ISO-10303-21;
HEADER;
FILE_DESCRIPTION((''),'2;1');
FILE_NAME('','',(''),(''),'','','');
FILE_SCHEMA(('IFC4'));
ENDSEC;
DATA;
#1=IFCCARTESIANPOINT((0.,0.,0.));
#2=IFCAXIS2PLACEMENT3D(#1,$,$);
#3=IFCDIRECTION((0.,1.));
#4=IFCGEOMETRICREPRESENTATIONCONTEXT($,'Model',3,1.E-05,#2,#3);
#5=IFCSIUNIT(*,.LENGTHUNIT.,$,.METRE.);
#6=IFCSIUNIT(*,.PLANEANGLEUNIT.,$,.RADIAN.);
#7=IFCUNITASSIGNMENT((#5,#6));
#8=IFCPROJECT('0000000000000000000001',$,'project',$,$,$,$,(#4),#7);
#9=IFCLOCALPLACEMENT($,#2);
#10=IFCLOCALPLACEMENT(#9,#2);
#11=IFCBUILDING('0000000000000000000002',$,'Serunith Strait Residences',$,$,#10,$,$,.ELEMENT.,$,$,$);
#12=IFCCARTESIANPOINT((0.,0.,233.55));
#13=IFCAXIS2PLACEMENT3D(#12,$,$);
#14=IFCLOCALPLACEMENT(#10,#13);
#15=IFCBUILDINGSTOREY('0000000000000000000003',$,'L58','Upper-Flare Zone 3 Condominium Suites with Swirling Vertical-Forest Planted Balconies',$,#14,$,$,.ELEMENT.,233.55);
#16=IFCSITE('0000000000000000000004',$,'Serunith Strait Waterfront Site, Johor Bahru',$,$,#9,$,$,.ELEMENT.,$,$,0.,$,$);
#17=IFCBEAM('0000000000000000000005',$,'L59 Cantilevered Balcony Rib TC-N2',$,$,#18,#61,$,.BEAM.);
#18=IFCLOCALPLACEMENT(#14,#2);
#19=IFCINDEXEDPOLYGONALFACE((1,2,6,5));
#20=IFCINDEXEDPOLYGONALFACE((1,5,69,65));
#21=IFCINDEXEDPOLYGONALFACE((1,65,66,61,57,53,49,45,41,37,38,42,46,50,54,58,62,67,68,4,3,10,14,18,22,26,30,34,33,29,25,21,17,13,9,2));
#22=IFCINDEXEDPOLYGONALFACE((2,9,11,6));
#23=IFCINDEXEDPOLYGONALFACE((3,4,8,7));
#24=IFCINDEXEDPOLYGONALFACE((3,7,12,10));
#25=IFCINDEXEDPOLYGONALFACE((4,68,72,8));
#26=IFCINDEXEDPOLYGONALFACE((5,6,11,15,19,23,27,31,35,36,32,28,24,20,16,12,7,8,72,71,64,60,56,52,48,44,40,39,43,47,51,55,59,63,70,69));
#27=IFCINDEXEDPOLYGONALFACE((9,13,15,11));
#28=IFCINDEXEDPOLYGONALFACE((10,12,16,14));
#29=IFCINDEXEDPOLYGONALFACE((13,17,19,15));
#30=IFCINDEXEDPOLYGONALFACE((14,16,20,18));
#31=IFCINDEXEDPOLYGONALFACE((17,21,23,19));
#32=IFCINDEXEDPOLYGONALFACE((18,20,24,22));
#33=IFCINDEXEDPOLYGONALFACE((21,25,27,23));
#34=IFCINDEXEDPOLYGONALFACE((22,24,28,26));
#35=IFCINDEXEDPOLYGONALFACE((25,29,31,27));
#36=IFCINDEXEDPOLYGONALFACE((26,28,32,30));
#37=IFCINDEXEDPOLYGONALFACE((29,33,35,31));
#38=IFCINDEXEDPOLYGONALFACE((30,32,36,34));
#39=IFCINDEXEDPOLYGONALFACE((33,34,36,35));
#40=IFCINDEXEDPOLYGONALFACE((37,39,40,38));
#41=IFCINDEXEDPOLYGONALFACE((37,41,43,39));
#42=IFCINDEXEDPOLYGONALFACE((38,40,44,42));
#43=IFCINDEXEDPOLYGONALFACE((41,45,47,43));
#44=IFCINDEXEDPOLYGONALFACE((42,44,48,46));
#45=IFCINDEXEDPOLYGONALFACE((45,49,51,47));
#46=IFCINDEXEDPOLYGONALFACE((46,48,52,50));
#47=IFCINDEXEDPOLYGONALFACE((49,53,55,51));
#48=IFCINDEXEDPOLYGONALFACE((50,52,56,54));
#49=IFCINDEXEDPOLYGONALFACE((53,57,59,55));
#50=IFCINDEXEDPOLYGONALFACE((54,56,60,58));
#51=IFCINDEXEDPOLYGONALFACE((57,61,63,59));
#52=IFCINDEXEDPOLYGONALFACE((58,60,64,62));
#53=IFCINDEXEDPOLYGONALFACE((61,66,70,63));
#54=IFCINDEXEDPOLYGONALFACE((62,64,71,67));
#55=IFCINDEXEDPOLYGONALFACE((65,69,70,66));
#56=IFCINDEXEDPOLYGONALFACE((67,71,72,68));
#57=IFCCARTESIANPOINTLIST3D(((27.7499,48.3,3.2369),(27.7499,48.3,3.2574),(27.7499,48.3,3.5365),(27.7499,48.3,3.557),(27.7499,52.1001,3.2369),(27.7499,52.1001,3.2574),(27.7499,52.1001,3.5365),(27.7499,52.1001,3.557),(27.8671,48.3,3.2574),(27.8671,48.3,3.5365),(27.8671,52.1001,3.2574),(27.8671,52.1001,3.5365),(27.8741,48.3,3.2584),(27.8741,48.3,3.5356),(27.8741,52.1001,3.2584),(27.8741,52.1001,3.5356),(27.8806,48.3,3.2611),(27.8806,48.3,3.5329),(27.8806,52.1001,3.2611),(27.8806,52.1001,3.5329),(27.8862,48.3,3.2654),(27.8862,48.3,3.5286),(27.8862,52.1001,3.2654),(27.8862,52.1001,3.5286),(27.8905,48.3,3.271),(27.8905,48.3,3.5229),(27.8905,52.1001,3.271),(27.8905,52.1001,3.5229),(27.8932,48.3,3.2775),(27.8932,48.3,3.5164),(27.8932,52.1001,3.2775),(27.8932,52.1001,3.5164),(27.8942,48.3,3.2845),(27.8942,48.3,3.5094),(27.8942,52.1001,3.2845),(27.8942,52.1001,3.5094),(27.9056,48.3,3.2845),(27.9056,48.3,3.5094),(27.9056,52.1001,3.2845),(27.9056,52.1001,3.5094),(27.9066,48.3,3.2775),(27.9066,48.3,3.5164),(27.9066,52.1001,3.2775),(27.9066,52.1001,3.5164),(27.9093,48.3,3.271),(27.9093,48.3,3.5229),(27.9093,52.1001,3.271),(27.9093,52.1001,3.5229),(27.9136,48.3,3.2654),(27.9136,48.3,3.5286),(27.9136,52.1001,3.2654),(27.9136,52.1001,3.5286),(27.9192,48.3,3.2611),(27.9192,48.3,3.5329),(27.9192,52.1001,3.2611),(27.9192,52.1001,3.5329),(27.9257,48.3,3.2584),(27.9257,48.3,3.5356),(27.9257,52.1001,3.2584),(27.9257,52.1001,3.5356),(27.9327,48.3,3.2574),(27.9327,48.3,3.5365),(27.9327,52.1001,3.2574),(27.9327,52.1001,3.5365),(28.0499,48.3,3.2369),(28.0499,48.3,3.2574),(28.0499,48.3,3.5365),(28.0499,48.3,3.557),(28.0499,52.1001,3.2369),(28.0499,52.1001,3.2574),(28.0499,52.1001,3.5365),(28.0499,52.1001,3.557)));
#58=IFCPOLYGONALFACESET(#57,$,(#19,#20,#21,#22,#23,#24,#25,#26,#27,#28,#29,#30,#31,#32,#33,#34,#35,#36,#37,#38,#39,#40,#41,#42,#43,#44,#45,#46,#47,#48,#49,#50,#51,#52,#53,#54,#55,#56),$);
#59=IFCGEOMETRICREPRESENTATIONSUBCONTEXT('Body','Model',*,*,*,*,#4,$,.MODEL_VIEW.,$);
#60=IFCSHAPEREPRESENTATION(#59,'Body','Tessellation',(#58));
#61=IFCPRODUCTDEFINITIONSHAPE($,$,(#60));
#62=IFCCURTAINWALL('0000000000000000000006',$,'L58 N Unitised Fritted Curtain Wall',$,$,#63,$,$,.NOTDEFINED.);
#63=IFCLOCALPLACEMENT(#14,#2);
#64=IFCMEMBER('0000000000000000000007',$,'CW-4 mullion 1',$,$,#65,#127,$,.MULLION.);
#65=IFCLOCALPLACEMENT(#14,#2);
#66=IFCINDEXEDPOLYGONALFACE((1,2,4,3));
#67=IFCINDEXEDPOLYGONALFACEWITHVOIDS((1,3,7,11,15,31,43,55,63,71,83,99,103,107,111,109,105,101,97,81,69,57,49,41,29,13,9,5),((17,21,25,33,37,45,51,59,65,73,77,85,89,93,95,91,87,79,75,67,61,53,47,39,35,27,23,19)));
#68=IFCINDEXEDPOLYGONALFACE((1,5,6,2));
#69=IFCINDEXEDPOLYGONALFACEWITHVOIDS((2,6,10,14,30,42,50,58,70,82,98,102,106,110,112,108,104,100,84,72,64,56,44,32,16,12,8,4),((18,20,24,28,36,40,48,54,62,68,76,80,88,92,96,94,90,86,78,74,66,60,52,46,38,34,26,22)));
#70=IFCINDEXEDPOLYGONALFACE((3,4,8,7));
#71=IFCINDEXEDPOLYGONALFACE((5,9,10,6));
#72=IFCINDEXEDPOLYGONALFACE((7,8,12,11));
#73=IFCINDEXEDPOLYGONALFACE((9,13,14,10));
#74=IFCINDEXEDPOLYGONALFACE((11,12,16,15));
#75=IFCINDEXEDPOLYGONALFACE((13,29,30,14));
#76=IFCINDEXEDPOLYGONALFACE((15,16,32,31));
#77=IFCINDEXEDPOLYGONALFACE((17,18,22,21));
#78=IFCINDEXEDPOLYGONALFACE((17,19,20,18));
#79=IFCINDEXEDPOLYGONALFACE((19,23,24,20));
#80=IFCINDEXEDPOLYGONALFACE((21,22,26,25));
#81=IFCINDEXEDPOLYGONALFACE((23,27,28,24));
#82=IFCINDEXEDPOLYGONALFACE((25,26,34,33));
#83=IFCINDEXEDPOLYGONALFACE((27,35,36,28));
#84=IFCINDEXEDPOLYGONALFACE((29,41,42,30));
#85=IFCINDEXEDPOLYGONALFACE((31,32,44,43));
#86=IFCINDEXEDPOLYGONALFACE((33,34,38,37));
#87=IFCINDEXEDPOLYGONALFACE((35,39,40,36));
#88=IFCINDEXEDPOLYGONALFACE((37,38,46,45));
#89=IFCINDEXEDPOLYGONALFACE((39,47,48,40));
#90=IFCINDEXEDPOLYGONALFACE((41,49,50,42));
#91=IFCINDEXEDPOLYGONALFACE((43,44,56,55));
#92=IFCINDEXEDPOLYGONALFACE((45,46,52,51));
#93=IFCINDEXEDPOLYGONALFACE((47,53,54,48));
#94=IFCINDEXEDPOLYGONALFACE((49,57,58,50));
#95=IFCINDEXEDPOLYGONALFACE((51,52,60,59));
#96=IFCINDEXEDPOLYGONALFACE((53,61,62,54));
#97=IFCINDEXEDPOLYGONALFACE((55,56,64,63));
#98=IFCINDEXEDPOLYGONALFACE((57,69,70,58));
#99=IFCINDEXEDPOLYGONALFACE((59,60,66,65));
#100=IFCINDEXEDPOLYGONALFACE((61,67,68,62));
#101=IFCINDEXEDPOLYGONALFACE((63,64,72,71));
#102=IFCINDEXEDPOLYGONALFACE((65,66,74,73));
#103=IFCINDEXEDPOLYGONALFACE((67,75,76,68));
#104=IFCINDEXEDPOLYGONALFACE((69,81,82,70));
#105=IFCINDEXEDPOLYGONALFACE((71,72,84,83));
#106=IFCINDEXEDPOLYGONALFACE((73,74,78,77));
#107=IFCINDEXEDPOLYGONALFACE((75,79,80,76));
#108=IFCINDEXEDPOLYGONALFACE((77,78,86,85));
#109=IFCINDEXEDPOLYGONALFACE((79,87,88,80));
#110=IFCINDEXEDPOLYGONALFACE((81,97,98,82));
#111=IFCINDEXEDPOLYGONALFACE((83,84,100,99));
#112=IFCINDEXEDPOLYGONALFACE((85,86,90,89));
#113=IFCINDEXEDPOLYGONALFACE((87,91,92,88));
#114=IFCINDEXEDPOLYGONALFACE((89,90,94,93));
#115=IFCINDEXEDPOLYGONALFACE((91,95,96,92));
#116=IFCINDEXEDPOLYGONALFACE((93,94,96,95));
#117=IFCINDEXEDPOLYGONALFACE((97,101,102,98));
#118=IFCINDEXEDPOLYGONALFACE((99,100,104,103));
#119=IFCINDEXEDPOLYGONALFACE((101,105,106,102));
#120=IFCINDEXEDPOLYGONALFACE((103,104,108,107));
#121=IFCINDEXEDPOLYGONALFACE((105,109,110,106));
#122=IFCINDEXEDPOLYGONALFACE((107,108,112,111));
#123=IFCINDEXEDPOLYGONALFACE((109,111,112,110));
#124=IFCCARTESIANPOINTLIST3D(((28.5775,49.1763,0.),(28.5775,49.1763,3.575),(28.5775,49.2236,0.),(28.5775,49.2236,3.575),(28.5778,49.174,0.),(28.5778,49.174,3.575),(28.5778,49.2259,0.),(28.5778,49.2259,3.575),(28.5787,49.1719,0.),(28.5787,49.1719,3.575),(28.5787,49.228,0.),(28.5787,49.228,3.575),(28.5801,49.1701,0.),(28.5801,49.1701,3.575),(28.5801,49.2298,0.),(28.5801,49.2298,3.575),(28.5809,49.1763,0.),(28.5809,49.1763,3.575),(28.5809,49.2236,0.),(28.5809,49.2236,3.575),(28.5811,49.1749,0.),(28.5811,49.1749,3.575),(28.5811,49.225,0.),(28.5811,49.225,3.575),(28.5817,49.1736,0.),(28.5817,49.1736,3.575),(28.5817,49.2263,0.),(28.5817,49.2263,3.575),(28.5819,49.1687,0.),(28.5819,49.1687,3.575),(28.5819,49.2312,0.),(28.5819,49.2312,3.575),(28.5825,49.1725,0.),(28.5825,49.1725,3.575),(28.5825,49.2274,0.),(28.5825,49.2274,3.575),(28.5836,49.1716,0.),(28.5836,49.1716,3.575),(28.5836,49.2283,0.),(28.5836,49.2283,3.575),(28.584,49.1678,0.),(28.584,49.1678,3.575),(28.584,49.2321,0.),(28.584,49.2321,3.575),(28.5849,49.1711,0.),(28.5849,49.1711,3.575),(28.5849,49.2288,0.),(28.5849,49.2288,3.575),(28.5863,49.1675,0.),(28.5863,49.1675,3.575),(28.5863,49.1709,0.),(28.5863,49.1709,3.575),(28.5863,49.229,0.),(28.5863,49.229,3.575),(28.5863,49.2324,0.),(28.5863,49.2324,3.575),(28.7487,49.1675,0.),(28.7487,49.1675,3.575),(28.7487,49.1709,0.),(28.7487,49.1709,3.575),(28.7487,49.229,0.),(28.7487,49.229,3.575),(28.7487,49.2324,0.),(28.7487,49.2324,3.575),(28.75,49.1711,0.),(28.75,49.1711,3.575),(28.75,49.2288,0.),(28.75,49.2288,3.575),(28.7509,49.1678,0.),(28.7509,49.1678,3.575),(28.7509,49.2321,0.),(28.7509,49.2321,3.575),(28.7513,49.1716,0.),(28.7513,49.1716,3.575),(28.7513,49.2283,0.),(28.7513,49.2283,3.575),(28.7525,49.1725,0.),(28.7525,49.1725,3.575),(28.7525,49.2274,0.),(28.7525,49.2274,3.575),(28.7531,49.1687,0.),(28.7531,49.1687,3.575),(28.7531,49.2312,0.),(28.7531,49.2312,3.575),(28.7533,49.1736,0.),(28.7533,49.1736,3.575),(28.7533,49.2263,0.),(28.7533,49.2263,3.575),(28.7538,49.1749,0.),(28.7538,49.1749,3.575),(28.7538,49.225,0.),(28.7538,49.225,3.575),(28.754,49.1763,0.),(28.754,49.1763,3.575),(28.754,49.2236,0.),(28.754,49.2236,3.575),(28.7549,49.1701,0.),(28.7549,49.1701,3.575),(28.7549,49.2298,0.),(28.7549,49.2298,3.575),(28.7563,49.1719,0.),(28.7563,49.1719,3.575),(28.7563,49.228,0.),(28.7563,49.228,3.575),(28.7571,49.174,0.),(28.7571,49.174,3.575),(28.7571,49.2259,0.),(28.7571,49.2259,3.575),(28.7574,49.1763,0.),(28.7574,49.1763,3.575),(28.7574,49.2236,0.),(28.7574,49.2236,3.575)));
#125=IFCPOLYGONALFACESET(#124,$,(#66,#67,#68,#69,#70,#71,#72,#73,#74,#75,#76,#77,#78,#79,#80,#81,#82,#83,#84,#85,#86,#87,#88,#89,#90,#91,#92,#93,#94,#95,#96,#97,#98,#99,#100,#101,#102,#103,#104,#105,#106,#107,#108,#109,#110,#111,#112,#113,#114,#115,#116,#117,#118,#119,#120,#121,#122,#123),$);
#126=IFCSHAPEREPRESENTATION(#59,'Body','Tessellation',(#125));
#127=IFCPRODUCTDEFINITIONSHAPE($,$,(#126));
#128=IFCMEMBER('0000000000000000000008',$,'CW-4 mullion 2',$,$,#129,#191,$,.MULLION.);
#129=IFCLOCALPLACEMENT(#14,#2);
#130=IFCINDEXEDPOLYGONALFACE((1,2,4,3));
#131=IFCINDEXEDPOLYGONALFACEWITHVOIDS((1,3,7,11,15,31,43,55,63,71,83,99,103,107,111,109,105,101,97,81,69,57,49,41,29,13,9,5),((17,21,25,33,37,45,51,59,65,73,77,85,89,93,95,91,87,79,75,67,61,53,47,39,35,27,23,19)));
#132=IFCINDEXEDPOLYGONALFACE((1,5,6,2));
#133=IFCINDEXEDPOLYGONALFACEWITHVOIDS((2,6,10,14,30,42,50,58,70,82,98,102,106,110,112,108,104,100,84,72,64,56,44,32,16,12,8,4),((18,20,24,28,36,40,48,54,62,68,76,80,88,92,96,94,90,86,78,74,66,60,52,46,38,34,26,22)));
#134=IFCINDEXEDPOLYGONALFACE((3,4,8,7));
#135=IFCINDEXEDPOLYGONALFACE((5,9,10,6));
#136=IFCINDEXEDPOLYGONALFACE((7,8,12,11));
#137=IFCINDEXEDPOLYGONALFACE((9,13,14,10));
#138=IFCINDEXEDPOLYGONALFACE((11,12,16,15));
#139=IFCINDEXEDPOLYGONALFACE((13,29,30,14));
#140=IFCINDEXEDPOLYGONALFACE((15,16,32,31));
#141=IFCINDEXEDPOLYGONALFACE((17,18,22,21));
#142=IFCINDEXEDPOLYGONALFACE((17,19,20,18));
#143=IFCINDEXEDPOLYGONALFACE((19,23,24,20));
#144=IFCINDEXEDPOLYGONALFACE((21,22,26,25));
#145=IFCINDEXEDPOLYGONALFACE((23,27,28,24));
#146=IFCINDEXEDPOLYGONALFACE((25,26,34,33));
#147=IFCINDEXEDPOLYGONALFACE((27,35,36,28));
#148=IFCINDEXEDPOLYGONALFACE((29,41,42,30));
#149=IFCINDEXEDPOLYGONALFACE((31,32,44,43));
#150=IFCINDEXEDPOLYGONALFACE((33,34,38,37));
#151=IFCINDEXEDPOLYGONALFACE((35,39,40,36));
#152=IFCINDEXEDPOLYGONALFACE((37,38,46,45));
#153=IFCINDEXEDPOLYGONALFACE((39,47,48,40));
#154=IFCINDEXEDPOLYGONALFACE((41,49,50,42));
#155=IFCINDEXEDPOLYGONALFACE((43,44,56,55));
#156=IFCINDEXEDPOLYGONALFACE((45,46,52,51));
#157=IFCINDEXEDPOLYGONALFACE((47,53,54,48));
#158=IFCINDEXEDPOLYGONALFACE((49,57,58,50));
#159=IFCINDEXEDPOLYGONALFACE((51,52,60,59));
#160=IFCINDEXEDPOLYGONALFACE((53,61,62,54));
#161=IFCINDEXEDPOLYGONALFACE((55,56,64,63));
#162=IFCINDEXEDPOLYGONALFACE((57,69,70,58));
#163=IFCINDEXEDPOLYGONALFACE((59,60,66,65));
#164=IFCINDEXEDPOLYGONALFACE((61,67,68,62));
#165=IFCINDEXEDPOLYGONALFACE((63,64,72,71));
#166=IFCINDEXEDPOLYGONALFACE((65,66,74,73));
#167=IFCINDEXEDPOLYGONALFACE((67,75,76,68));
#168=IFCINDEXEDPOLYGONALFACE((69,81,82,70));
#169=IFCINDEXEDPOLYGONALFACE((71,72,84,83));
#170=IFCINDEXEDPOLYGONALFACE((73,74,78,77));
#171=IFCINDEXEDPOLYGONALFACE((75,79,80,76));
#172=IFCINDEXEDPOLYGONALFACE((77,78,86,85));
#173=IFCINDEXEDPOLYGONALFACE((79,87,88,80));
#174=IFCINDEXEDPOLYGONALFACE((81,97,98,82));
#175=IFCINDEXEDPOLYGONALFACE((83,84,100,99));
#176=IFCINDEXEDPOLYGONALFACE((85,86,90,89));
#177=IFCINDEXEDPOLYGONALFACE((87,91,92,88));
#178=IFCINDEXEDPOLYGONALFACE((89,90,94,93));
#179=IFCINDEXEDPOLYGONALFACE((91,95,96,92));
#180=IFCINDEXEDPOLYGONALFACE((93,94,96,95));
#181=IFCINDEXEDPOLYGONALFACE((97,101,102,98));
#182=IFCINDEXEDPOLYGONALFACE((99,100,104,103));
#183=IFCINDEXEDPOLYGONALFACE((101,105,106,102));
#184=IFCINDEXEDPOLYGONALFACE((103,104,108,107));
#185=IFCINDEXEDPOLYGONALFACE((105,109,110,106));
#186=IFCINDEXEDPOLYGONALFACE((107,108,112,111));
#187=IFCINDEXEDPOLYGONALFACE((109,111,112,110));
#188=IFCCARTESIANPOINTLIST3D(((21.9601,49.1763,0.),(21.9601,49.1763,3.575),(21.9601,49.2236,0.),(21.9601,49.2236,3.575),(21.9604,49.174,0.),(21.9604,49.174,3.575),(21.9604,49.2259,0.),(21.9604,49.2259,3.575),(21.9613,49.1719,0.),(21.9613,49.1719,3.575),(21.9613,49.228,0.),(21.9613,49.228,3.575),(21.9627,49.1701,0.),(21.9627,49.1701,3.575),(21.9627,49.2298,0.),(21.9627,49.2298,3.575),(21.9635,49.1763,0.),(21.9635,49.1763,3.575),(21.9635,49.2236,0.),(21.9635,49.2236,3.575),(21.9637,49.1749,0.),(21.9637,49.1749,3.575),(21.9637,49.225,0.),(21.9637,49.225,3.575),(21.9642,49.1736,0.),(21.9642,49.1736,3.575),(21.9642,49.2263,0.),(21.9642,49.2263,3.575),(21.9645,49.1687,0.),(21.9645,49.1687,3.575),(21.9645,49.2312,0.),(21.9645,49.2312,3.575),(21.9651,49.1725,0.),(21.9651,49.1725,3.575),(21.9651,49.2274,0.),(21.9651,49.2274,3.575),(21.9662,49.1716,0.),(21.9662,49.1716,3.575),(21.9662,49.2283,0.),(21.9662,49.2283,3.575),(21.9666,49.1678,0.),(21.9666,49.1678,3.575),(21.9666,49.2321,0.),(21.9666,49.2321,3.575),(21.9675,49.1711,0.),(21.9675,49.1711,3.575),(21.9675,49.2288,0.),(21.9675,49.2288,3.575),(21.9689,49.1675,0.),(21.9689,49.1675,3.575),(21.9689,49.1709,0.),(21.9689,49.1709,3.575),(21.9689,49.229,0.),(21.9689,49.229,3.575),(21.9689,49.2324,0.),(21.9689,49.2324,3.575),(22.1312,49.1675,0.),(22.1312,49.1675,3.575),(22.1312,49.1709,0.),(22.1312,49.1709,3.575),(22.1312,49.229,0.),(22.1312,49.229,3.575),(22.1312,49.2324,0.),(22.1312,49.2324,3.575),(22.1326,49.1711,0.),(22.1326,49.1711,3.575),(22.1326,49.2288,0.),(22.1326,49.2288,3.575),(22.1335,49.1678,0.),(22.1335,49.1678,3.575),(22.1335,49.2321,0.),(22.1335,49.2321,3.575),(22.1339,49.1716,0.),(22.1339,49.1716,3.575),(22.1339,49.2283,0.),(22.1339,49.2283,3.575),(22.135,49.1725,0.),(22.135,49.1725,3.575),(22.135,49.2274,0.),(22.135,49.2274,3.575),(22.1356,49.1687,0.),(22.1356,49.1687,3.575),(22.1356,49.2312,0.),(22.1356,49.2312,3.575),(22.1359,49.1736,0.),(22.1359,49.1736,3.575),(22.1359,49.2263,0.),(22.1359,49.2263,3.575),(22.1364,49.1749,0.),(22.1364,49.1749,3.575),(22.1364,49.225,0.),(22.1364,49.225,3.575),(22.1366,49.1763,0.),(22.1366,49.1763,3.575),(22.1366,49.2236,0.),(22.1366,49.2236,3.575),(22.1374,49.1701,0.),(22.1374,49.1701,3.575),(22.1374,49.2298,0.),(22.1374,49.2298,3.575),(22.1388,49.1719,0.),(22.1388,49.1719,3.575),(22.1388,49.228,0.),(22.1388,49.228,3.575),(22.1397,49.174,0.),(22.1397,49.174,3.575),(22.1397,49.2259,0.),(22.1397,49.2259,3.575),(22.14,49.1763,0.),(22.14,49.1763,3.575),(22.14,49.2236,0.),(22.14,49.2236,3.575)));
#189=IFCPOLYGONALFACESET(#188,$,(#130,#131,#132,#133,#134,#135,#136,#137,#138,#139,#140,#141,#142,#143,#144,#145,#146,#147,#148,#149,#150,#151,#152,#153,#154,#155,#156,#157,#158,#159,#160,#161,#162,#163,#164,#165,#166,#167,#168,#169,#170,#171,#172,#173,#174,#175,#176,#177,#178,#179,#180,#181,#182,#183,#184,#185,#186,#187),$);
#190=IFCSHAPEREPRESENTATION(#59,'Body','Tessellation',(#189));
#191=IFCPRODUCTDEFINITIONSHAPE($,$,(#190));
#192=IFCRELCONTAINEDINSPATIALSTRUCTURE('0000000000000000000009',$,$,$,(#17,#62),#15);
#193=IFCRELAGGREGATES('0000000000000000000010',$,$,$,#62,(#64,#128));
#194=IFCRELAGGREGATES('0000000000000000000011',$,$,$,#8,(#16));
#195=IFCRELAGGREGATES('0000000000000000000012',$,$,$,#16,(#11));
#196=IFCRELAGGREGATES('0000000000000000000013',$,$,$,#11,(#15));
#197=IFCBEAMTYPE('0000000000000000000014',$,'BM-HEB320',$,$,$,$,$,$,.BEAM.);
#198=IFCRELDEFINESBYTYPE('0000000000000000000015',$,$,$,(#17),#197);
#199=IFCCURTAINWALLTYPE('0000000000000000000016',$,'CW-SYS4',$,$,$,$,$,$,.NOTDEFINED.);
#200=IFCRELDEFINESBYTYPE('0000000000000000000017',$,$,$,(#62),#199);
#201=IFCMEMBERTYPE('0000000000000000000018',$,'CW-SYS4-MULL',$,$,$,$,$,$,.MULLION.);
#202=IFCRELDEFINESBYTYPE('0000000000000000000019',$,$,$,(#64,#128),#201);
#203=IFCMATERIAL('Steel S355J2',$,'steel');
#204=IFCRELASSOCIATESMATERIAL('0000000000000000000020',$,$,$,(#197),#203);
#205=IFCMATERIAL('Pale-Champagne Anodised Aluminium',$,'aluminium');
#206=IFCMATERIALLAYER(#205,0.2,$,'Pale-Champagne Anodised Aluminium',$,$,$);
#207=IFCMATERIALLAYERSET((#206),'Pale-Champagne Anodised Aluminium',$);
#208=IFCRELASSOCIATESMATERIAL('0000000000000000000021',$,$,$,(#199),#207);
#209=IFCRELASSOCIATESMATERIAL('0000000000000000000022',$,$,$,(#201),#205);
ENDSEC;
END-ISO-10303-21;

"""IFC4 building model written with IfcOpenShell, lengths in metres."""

from ifc_helpers import new_model, si_unit, direction, frame, origin, origin_2d, place, context, subcontext, project, spatial, hollow_rectangle, i_section, extrude, source, transform, mapped, material, layer, layer_set, material_profile, profile_set, type_object, element, aggregate, save


model = new_model("IFC4")

# Units and contexts
model_context = context("Model", 3, precision=1e-05, world=origin(), true_north=direction((0.0, 1.0)))
body_context = subcontext(model_context, "Body", "Model", "MODEL_VIEW")
ifc_project = project(units=[si_unit("LENGTHUNIT", "METRE"), si_unit("PLANEANGLEUNIT", "RADIAN")], contexts=[model_context])

# Site, building, storey
site_placement = place(None, origin())
site = spatial("IfcSite", under=ifc_project, at=site_placement, Name="Serunith Strait Waterfront Site, Johor Bahru", CompositionType="ELEMENT", RefElevation=0.0)
building_placement = place(site_placement, origin())
building = spatial("IfcBuilding", under=site, at=building_placement, Name="Serunith Strait Residences", CompositionType="ELEMENT")
storey_placement = place(building_placement, frame((0.0, 0.0, 233.55)))
storey = spatial("IfcBuildingStorey", under=building, at=storey_placement, Name="L58", Description="Upper-Flare Zone 3 Condominium Suites with Swirling Vertical-Forest Planted Balconies", CompositionType="ELEMENT", Elevation=233.55)

# Beam
ifc_material_1 = material(Name="Steel S355J2", Category="steel")
ifc_material_profile_1 = material_profile(ifc_material_1, i_section(OverallWidth=0.3, OverallDepth=0.3201, WebThickness=0.0115, FlangeThickness=0.0205, FilletRadius=0.0271, at=origin_2d()), Name="HEB 320")
ifc_profile_set_1 = profile_set([ifc_material_profile_1], Name="Steel S355J2")
beam_type_1 = type_object("IfcBeamType", Name="BM-HEB320", PredefinedType="BEAM", material=ifc_profile_set_1)
shared_shape_1 = source(origin(), body_context, "Body", "SweptSolid", [
    extrude(i_section(OverallWidth=0.3, OverallDepth=0.3201, WebThickness=0.0115, FlangeThickness=0.0205, FilletRadius=0.0271, at=origin_2d()), origin(), (0.0, 0.0, 1.0), 3.8),
])
beam_1_placement = place(storey_placement, frame((27.8999, 48.3, 3.397), z_axis=(0.0, 1.0, 0.0), x_axis=(-1.0, 0.0, 0.0)))
element("IfcBeam", 1, at=beam_1_placement, inside=storey, type_object=beam_type_1, Name="L59 Cantilevered Balcony Rib TC-N2", PredefinedType="BEAM", context=body_context, shape_type="MappedRepresentation", body=[
    mapped(shared_shape_1, transform((0.0, 0.0, 0.0), scale=1.0)),
])

# Curtain wall, members
ifc_material_2 = material(Name="Pale-Champagne Anodised Aluminium", Category="aluminium")
ifc_layer_1 = layer(ifc_material_2, 0.2, Name="Pale-Champagne Anodised Aluminium")
ifc_layer_set_1 = layer_set([ifc_layer_1], Name="Pale-Champagne Anodised Aluminium")
curtain_wall_type = type_object("IfcCurtainWallType", Name="CW-SYS4", PredefinedType="NOTDEFINED", material=ifc_layer_set_1)
curtain_wall_placement = place(storey_placement, origin())
curtain_wall = element("IfcCurtainWall", 2, at=curtain_wall_placement, inside=storey, type_object=curtain_wall_type, Name="L58 N Unitised Fritted Curtain Wall", PredefinedType="NOTDEFINED")
ifc_material_profile_2 = material_profile(ifc_material_2, hollow_rectangle(XDim=0.0649, YDim=0.1799, WallThickness=0.0034, InnerFilletRadius=0.0054, OuterFilletRadius=0.0088, at=origin_2d()), Name="ALU 180x65x3.5")
ifc_profile_set_2 = profile_set([ifc_material_profile_2], Name="Pale-Champagne Anodised Aluminium")
member_type_1 = type_object("IfcMemberType", Name="CW-SYS4-MULL", PredefinedType="MULLION", material=ifc_profile_set_2)
shared_shape_2 = source(origin(), body_context, "Body", "SweptSolid", [
    extrude(hollow_rectangle(XDim=0.0649, YDim=0.1799, WallThickness=0.0034, InnerFilletRadius=0.0054, OuterFilletRadius=0.0088, at=origin_2d()), origin(), (0.0, 0.0, 1.0), 3.575),
])
member_1_placement = place(storey_placement, frame((28.6675, 49.2, 0.0), z_axis=(0.0, 0.0, 1.0), x_axis=(0.0, -1.0, 0.0)))
member_1 = element("IfcMember", 3, at=member_1_placement, type_object=member_type_1, Name="CW-4 mullion 1", PredefinedType="MULLION", context=body_context, shape_type="MappedRepresentation", body=[
    mapped(shared_shape_2, transform((0.0, 0.0, 0.0), scale=1.0)),
])
member_2_placement = place(storey_placement, frame((22.05, 49.2, 0.0), z_axis=(0.0, 0.0, 1.0), x_axis=(0.0, -1.0, 0.0)))
member_2 = element("IfcMember", 4, at=member_2_placement, type_object=member_type_1, Name="CW-4 mullion 2", PredefinedType="MULLION", context=body_context, shape_type="MappedRepresentation", body=[
    mapped(shared_shape_2, transform((0.0, 0.0, 0.0), scale=1.0)),
])
aggregate(curtain_wall, [member_1, member_2])

save(model, "model.ifc")
